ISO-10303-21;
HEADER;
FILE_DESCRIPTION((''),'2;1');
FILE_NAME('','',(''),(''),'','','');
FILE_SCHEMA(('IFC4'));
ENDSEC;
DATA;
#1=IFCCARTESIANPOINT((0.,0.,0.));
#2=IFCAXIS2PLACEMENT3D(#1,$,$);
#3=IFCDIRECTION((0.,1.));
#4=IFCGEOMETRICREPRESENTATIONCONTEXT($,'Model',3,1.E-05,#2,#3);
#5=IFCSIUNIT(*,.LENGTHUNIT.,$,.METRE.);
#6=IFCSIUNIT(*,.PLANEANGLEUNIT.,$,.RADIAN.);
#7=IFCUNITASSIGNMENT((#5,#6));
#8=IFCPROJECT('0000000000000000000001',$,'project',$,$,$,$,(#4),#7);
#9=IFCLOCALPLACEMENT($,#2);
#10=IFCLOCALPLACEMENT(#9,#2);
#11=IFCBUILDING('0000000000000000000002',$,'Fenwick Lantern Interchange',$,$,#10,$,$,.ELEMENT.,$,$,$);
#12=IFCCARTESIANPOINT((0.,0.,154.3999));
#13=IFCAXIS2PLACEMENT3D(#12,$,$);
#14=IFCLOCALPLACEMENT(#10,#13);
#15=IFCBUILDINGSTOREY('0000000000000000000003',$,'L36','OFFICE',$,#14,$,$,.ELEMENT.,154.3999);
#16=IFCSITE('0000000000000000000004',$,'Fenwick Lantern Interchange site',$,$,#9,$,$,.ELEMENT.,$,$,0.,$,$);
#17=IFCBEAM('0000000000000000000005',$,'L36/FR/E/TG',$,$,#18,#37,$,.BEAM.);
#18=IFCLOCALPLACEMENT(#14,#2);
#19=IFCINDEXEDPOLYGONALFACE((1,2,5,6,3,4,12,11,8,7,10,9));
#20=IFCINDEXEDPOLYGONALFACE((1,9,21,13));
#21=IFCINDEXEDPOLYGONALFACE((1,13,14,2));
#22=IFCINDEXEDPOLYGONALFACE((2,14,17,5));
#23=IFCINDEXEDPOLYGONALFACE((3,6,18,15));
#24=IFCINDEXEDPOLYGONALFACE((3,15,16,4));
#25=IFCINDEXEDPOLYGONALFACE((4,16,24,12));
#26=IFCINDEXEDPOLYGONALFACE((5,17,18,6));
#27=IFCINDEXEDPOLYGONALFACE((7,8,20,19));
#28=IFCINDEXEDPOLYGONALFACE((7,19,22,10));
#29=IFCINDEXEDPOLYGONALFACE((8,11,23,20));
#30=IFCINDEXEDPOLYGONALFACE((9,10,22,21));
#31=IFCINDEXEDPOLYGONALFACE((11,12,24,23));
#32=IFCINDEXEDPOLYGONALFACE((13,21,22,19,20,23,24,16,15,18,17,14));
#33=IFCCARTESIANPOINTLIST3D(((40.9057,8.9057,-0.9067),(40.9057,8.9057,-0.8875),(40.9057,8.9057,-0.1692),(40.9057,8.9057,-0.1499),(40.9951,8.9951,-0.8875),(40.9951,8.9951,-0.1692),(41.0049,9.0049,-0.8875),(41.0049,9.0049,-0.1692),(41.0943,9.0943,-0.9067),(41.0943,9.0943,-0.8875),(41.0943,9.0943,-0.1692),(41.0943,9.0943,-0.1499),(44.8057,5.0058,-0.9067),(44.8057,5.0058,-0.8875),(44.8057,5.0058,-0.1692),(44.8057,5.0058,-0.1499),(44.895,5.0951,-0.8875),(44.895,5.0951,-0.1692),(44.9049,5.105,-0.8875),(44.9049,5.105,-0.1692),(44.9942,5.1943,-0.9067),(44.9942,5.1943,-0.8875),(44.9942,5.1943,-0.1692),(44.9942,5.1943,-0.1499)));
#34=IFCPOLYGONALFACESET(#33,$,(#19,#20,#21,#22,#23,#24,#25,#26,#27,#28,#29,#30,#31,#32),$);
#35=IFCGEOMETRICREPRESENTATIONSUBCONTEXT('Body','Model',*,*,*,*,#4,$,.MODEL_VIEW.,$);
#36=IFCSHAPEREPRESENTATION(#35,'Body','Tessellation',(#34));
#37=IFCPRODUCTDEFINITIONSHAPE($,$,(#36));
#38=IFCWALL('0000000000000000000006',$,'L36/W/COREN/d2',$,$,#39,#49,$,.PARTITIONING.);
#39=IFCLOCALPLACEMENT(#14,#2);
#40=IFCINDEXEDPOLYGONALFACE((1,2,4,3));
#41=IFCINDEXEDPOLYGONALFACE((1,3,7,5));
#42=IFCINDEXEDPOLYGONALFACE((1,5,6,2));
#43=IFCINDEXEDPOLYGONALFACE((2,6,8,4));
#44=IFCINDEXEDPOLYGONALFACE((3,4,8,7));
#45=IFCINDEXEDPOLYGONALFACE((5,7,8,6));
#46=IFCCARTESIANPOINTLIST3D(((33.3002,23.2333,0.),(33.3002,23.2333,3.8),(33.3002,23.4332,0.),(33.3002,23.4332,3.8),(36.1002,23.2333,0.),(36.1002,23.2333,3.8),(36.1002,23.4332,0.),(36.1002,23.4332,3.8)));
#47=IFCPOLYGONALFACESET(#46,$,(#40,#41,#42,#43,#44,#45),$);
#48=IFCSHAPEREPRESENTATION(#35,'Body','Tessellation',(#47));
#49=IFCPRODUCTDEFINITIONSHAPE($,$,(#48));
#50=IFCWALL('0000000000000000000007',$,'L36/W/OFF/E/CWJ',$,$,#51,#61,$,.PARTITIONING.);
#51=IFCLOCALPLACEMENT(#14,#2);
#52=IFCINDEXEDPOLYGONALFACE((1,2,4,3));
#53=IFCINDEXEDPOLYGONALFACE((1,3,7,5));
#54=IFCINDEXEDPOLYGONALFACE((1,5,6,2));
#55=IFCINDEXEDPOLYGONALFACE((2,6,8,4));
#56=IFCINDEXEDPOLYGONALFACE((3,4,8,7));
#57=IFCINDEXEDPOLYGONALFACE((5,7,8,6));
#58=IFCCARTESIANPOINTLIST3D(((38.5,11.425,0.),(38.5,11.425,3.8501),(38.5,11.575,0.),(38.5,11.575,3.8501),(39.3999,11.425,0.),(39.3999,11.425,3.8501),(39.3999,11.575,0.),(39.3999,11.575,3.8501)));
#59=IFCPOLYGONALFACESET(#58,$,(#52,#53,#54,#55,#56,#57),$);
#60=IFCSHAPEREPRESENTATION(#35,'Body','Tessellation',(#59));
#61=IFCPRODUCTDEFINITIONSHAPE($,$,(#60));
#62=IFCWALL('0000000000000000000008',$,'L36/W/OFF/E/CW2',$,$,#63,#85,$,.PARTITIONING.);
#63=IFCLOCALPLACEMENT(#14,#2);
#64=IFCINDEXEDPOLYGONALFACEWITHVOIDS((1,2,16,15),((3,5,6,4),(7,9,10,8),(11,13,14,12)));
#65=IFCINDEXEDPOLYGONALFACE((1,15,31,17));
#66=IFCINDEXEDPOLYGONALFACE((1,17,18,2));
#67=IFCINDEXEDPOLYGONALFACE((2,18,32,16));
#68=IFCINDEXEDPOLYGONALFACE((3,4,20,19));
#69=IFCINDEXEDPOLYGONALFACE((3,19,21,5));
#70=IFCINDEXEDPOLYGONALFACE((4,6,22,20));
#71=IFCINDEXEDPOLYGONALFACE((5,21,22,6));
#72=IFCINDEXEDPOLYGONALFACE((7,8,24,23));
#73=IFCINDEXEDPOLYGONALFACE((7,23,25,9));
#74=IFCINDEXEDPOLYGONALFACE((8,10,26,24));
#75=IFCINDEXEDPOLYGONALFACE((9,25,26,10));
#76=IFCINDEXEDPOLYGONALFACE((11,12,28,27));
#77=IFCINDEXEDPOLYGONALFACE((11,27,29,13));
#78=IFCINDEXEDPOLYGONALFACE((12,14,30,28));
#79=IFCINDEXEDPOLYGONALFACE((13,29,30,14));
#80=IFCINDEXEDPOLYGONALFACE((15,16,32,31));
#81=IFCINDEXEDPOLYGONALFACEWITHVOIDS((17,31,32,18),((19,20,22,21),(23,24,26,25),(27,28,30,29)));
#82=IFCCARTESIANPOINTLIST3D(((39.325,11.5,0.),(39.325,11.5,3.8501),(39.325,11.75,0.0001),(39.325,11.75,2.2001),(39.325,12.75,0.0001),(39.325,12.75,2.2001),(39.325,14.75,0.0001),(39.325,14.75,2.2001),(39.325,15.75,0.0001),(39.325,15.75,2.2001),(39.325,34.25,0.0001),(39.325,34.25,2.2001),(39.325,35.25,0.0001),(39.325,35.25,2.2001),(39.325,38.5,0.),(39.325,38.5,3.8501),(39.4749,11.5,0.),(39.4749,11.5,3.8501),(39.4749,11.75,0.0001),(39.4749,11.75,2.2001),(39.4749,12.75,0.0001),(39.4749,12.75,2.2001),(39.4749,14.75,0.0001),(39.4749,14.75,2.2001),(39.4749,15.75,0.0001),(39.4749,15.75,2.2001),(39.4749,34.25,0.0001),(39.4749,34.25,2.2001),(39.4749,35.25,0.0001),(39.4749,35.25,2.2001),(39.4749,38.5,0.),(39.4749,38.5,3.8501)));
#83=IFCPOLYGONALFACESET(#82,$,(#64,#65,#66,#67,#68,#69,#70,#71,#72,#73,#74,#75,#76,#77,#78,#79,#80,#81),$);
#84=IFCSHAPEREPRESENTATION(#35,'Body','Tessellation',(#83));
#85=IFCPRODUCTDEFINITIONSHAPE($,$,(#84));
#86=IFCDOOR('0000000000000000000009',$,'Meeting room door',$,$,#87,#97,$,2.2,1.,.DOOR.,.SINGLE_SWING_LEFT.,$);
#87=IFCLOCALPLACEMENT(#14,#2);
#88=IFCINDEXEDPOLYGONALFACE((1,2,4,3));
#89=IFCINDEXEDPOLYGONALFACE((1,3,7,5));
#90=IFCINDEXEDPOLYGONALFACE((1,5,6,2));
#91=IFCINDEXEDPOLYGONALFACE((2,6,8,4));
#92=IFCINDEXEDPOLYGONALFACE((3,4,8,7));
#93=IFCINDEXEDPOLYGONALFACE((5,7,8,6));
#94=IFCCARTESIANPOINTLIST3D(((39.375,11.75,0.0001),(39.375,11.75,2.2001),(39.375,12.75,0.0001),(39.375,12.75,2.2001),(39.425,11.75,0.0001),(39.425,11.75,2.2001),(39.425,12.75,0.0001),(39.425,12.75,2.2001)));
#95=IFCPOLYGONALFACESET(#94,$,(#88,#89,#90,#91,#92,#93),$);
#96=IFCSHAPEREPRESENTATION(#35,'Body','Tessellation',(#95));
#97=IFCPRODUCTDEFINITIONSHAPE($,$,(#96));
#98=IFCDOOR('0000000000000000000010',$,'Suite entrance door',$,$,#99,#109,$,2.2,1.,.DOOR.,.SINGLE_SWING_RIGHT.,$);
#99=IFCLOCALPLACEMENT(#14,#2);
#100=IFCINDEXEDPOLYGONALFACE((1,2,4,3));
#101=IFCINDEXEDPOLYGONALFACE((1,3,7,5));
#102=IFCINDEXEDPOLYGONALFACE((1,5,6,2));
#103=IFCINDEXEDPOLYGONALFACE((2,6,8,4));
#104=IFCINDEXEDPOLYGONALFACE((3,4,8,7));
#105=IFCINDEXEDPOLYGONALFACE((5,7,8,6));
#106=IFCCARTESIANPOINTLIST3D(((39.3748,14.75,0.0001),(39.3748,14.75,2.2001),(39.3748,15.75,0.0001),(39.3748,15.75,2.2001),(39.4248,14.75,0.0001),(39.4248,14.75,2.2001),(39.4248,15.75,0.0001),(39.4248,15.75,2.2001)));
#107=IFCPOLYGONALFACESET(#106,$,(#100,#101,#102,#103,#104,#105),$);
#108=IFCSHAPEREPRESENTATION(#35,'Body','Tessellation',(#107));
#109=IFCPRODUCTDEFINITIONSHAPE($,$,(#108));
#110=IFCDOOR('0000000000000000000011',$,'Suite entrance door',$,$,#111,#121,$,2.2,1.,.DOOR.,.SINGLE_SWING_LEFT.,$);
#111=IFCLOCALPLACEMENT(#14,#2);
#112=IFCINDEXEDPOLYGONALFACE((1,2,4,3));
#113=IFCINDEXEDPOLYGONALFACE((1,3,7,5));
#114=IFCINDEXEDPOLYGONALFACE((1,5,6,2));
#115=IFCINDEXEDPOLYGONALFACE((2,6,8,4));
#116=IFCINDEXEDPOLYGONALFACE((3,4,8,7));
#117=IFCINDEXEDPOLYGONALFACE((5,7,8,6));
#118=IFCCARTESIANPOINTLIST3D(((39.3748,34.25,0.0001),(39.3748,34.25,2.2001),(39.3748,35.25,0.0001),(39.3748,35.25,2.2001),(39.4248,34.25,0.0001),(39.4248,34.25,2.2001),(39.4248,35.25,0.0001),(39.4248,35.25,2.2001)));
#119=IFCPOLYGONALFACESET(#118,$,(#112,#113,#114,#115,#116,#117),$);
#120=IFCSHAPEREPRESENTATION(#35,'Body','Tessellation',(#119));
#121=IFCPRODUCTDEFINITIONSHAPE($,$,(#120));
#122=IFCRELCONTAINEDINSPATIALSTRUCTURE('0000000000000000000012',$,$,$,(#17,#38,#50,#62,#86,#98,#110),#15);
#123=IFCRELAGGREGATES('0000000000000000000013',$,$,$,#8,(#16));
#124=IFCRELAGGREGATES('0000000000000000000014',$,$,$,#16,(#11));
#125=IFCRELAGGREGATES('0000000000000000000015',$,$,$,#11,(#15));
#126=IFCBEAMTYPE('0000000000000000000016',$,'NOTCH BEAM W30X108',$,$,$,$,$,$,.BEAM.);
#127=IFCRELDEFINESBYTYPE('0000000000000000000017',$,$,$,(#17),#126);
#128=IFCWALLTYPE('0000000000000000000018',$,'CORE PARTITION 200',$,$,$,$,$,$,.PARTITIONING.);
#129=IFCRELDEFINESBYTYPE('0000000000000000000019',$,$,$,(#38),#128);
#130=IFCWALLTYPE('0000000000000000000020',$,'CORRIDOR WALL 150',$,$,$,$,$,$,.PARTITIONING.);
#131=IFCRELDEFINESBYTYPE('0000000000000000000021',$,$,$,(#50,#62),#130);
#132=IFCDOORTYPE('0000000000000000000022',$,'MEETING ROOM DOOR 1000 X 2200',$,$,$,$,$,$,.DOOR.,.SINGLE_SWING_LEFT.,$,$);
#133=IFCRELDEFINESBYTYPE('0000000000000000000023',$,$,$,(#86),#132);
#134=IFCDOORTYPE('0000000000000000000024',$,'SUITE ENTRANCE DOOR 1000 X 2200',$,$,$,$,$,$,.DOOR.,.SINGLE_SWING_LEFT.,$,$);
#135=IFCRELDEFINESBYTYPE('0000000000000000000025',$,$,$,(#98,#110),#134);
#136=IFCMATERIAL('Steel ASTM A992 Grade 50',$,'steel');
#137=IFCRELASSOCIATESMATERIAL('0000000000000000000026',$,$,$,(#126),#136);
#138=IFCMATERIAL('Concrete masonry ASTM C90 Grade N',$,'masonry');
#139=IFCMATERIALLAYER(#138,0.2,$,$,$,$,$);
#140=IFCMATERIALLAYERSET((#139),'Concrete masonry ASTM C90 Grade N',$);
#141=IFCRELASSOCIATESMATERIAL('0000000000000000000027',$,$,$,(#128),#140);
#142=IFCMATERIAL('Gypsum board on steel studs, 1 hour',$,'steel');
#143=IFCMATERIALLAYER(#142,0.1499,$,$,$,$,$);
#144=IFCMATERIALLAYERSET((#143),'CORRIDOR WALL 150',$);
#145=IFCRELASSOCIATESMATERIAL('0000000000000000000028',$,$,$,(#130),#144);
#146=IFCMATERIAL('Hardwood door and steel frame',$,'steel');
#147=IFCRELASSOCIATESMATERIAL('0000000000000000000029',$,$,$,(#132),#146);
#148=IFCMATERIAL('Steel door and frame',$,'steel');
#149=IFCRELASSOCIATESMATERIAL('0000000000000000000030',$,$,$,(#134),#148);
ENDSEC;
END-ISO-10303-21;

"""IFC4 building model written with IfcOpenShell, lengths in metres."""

from ifc_helpers import new_model, si_unit, direction, frame, frame_2d, origin, origin_2d, place, context, subcontext, project, spatial, rectangle, i_section, extrude, material, layer, layer_set, material_profile, profile_set, type_object, element, fill, save


model = new_model("IFC4")

# Units and contexts
model_context = context("Model", 3, precision=1e-05, world=origin(), true_north=direction((0.0, 1.0)))
body_context = subcontext(model_context, "Body", "Model", "MODEL_VIEW")
ifc_project = project(units=[si_unit("LENGTHUNIT", "METRE"), si_unit("PLANEANGLEUNIT", "RADIAN")], contexts=[model_context])

# Site, building, storey
site_placement = place(None, origin())
site = spatial("IfcSite", under=ifc_project, at=site_placement, Name="Fenwick Lantern Interchange site", CompositionType="ELEMENT", RefElevation=0.0)
building_placement = place(site_placement, origin())
building = spatial("IfcBuilding", under=site, at=building_placement, Name="Fenwick Lantern Interchange", CompositionType="ELEMENT")
storey_placement = place(building_placement, frame((0.0, 0.0, 154.3999)))
storey = spatial("IfcBuildingStorey", under=building, at=storey_placement, Name="L36", Description="OFFICE", CompositionType="ELEMENT", Elevation=154.3999)

# Beam
ifc_material_1 = material(Name="Steel ASTM A992 Grade 50", Category="steel")
ifc_material_profile_1 = material_profile(ifc_material_1, i_section(OverallWidth=0.2666, OverallDepth=0.7568, WebThickness=0.0139, FlangeThickness=0.0193, at=origin_2d()), Name="W30X108")
ifc_profile_set_1 = profile_set([ifc_material_profile_1], Name="Steel ASTM A992 Grade 50")
beam_type_1 = type_object("IfcBeamType", Name="NOTCH BEAM W30X108", PredefinedType="BEAM", material=ifc_profile_set_1)
beam_1_placement = place(storey_placement, frame((41.0, 9.0, -0.5283), z_axis=(0.707107, -0.707107, 0.0), x_axis=(0.707107, 0.707107, 0.0)))
element("IfcBeam", 1, at=beam_1_placement, inside=storey, type_object=beam_type_1, Name="L36/FR/E/TG", PredefinedType="BEAM", context=body_context, shape_type="SweptSolid", body=[
    extrude(i_section(OverallWidth=0.2666, OverallDepth=0.7568, WebThickness=0.0139, FlangeThickness=0.0193, at=origin_2d()), origin(), (0.0, 0.0, 1.0), 5.5154),
])

# Wall
ifc_material_2 = material(Name="Concrete masonry ASTM C90 Grade N", Category="masonry")
ifc_layer_1 = layer(ifc_material_2, 0.2)
ifc_layer_set_1 = layer_set([ifc_layer_1], Name="Concrete masonry ASTM C90 Grade N")
wall_type_1 = type_object("IfcWallType", Name="CORE PARTITION 200", PredefinedType="PARTITIONING", material=ifc_layer_set_1)
wall_1_placement = place(storey_placement, frame((36.1001, 23.3333, 0.0), z_axis=(0.0, 0.0, 1.0), x_axis=(-1.0, 0.0, 0.0)))
element("IfcWall", 2, at=wall_1_placement, inside=storey, type_object=wall_type_1, Name="L36/W/COREN/d2", PredefinedType="PARTITIONING", context=body_context, shape_type="SweptSolid", body=[
    extrude(rectangle(XDim=2.8, YDim=0.2, at=frame_2d((1.3999, 0.0))), origin(), (0.0, 0.0, 1.0), 3.8),
])

# Shared definitions
ifc_material_3 = material(Name="Steel door and frame", Category="steel")

# Wall
ifc_material_4 = material(Name="Gypsum board on steel studs, 1 hour", Category="steel")
ifc_layer_2 = layer(ifc_material_4, 0.1499)
ifc_layer_set_2 = layer_set([ifc_layer_2], Name="CORRIDOR WALL 150")
wall_type_2 = type_object("IfcWallType", Name="CORRIDOR WALL 150", PredefinedType="PARTITIONING", material=ifc_layer_set_2)
wall_2_placement = place(storey_placement, frame((38.5, 11.5, 0.0), z_axis=(0.0, 0.0, 1.0), x_axis=(1.0, 0.0, 0.0)))
element("IfcWall", 3, at=wall_2_placement, inside=storey, type_object=wall_type_2, Name="L36/W/OFF/E/CWJ", PredefinedType="PARTITIONING", context=body_context, shape_type="SweptSolid", body=[
    extrude(rectangle(XDim=0.8999, YDim=0.1499, at=frame_2d((0.45, 0.0))), origin(), (0.0, 0.0, 1.0), 3.8501),
])

# Wall, openings, doors
wall_3_placement = place(storey_placement, frame((39.3999, 11.5, 0.0), z_axis=(0.0, 0.0, 1.0), x_axis=(0.0, 1.0, 0.0)))
wall_3 = element("IfcWall", 4, at=wall_3_placement, inside=storey, type_object=wall_type_2, Name="L36/W/OFF/E/CW2", PredefinedType="PARTITIONING", context=body_context, shape_type="SweptSolid", body=[
    extrude(rectangle(XDim=27.0, YDim=0.1499, at=frame_2d((13.5, 0.0))), origin(), (0.0, 0.0, 1.0), 3.8501),
])
opening_1_placement = place(wall_3_placement, frame((3.25, 0.0, 0.0)))
opening_1 = element("IfcOpeningElement", 5, at=opening_1_placement, cuts=wall_3, PredefinedType="OPENING", context=body_context, shape_type="SweptSolid", body=[
    extrude(rectangle(XDim=1.0, YDim=2.2, at=frame_2d((0.5, 1.1001))), frame((0.0, 0.085, 0.0), z_axis=(0.0, -1.0, 0.0), x_axis=(1.0, 0.0, 0.0)), (0.0, 0.0, 1.0), 0.1699),
])
opening_2_placement = place(wall_3_placement, frame((22.75, 0.0, 0.0)))
opening_2 = element("IfcOpeningElement", 6, at=opening_2_placement, cuts=wall_3, PredefinedType="OPENING", context=body_context, shape_type="SweptSolid", body=[
    extrude(rectangle(XDim=1.0, YDim=2.2, at=frame_2d((0.5, 1.1001))), frame((0.0, 0.085, 0.0), z_axis=(0.0, -1.0, 0.0), x_axis=(1.0, 0.0, 0.0)), (0.0, 0.0, 1.0), 0.1699),
])
opening_3_placement = place(wall_3_placement, frame((0.25, 0.0, 0.0)))
opening_3 = element("IfcOpeningElement", 7, at=opening_3_placement, cuts=wall_3, PredefinedType="OPENING", context=body_context, shape_type="SweptSolid", body=[
    extrude(rectangle(XDim=1.0, YDim=2.2, at=frame_2d((0.5, 1.1001))), frame((0.0, 0.085, 0.0), z_axis=(0.0, -1.0, 0.0), x_axis=(1.0, 0.0, 0.0)), (0.0, 0.0, 1.0), 0.1699),
])
ifc_material_5 = material(Name="Hardwood door and steel frame", Category="steel")
door_type_1 = type_object("IfcDoorType", Name="MEETING ROOM DOOR 1000 X 2200", OperationType="SINGLE_SWING_LEFT", PredefinedType="DOOR", material=ifc_material_5)
door_1_placement = place(opening_3_placement, origin())
door_1 = element("IfcDoor", 8, at=door_1_placement, inside=storey, type_object=door_type_1, Name="Meeting room door", OperationType="SINGLE_SWING_LEFT", OverallHeight=2.2, OverallWidth=1.0, PredefinedType="DOOR", context=body_context, shape_type="SweptSolid", body=[
    extrude(rectangle(XDim=1.0, YDim=2.2, at=frame_2d((0.5, 1.1001))), frame((0.0, 0.0249, 0.0), z_axis=(0.0, -1.0, 0.0), x_axis=(1.0, 0.0, 0.0)), (0.0, 0.0, 1.0), 0.05),
])
fill(opening_3, door_1)
door_type_2 = type_object("IfcDoorType", Name="SUITE ENTRANCE DOOR 1000 X 2200", OperationType="SINGLE_SWING_LEFT", PredefinedType="DOOR", material=ifc_material_3)
door_2_placement = place(opening_1_placement, frame((1.0, 0.0, 0.0), z_axis=(0.0, 0.0, 1.0), x_axis=(-1.0, 0.0, 0.0)))
door_2 = element("IfcDoor", 9, at=door_2_placement, inside=storey, type_object=door_type_2, Name="Suite entrance door", OperationType="SINGLE_SWING_RIGHT", OverallHeight=2.2, OverallWidth=1.0, PredefinedType="DOOR", context=body_context, shape_type="SweptSolid", body=[
    extrude(rectangle(XDim=1.0, YDim=2.2, at=frame_2d((0.5, 1.1001))), frame((0.0, 0.0249, 0.0), z_axis=(0.0, -1.0, 0.0), x_axis=(1.0, 0.0, 0.0)), (0.0, 0.0, 1.0), 0.05),
])
fill(opening_1, door_2)
door_3_placement = place(opening_2_placement, frame((1.0, 0.0, 0.0), z_axis=(0.0, 0.0, 1.0), x_axis=(-1.0, 0.0, 0.0)))
door_3 = element("IfcDoor", 10, at=door_3_placement, inside=storey, type_object=door_type_2, Name="Suite entrance door", OperationType="SINGLE_SWING_LEFT", OverallHeight=2.2, OverallWidth=1.0, PredefinedType="DOOR", context=body_context, shape_type="SweptSolid", body=[
    extrude(rectangle(XDim=1.0, YDim=2.2, at=frame_2d((0.5, 1.1001))), frame((0.0, 0.0249, 0.0), z_axis=(0.0, -1.0, 0.0), x_axis=(1.0, 0.0, 0.0)), (0.0, 0.0, 1.0), 0.05),
])
fill(opening_2, door_3)

save(model, "model.ifc")
